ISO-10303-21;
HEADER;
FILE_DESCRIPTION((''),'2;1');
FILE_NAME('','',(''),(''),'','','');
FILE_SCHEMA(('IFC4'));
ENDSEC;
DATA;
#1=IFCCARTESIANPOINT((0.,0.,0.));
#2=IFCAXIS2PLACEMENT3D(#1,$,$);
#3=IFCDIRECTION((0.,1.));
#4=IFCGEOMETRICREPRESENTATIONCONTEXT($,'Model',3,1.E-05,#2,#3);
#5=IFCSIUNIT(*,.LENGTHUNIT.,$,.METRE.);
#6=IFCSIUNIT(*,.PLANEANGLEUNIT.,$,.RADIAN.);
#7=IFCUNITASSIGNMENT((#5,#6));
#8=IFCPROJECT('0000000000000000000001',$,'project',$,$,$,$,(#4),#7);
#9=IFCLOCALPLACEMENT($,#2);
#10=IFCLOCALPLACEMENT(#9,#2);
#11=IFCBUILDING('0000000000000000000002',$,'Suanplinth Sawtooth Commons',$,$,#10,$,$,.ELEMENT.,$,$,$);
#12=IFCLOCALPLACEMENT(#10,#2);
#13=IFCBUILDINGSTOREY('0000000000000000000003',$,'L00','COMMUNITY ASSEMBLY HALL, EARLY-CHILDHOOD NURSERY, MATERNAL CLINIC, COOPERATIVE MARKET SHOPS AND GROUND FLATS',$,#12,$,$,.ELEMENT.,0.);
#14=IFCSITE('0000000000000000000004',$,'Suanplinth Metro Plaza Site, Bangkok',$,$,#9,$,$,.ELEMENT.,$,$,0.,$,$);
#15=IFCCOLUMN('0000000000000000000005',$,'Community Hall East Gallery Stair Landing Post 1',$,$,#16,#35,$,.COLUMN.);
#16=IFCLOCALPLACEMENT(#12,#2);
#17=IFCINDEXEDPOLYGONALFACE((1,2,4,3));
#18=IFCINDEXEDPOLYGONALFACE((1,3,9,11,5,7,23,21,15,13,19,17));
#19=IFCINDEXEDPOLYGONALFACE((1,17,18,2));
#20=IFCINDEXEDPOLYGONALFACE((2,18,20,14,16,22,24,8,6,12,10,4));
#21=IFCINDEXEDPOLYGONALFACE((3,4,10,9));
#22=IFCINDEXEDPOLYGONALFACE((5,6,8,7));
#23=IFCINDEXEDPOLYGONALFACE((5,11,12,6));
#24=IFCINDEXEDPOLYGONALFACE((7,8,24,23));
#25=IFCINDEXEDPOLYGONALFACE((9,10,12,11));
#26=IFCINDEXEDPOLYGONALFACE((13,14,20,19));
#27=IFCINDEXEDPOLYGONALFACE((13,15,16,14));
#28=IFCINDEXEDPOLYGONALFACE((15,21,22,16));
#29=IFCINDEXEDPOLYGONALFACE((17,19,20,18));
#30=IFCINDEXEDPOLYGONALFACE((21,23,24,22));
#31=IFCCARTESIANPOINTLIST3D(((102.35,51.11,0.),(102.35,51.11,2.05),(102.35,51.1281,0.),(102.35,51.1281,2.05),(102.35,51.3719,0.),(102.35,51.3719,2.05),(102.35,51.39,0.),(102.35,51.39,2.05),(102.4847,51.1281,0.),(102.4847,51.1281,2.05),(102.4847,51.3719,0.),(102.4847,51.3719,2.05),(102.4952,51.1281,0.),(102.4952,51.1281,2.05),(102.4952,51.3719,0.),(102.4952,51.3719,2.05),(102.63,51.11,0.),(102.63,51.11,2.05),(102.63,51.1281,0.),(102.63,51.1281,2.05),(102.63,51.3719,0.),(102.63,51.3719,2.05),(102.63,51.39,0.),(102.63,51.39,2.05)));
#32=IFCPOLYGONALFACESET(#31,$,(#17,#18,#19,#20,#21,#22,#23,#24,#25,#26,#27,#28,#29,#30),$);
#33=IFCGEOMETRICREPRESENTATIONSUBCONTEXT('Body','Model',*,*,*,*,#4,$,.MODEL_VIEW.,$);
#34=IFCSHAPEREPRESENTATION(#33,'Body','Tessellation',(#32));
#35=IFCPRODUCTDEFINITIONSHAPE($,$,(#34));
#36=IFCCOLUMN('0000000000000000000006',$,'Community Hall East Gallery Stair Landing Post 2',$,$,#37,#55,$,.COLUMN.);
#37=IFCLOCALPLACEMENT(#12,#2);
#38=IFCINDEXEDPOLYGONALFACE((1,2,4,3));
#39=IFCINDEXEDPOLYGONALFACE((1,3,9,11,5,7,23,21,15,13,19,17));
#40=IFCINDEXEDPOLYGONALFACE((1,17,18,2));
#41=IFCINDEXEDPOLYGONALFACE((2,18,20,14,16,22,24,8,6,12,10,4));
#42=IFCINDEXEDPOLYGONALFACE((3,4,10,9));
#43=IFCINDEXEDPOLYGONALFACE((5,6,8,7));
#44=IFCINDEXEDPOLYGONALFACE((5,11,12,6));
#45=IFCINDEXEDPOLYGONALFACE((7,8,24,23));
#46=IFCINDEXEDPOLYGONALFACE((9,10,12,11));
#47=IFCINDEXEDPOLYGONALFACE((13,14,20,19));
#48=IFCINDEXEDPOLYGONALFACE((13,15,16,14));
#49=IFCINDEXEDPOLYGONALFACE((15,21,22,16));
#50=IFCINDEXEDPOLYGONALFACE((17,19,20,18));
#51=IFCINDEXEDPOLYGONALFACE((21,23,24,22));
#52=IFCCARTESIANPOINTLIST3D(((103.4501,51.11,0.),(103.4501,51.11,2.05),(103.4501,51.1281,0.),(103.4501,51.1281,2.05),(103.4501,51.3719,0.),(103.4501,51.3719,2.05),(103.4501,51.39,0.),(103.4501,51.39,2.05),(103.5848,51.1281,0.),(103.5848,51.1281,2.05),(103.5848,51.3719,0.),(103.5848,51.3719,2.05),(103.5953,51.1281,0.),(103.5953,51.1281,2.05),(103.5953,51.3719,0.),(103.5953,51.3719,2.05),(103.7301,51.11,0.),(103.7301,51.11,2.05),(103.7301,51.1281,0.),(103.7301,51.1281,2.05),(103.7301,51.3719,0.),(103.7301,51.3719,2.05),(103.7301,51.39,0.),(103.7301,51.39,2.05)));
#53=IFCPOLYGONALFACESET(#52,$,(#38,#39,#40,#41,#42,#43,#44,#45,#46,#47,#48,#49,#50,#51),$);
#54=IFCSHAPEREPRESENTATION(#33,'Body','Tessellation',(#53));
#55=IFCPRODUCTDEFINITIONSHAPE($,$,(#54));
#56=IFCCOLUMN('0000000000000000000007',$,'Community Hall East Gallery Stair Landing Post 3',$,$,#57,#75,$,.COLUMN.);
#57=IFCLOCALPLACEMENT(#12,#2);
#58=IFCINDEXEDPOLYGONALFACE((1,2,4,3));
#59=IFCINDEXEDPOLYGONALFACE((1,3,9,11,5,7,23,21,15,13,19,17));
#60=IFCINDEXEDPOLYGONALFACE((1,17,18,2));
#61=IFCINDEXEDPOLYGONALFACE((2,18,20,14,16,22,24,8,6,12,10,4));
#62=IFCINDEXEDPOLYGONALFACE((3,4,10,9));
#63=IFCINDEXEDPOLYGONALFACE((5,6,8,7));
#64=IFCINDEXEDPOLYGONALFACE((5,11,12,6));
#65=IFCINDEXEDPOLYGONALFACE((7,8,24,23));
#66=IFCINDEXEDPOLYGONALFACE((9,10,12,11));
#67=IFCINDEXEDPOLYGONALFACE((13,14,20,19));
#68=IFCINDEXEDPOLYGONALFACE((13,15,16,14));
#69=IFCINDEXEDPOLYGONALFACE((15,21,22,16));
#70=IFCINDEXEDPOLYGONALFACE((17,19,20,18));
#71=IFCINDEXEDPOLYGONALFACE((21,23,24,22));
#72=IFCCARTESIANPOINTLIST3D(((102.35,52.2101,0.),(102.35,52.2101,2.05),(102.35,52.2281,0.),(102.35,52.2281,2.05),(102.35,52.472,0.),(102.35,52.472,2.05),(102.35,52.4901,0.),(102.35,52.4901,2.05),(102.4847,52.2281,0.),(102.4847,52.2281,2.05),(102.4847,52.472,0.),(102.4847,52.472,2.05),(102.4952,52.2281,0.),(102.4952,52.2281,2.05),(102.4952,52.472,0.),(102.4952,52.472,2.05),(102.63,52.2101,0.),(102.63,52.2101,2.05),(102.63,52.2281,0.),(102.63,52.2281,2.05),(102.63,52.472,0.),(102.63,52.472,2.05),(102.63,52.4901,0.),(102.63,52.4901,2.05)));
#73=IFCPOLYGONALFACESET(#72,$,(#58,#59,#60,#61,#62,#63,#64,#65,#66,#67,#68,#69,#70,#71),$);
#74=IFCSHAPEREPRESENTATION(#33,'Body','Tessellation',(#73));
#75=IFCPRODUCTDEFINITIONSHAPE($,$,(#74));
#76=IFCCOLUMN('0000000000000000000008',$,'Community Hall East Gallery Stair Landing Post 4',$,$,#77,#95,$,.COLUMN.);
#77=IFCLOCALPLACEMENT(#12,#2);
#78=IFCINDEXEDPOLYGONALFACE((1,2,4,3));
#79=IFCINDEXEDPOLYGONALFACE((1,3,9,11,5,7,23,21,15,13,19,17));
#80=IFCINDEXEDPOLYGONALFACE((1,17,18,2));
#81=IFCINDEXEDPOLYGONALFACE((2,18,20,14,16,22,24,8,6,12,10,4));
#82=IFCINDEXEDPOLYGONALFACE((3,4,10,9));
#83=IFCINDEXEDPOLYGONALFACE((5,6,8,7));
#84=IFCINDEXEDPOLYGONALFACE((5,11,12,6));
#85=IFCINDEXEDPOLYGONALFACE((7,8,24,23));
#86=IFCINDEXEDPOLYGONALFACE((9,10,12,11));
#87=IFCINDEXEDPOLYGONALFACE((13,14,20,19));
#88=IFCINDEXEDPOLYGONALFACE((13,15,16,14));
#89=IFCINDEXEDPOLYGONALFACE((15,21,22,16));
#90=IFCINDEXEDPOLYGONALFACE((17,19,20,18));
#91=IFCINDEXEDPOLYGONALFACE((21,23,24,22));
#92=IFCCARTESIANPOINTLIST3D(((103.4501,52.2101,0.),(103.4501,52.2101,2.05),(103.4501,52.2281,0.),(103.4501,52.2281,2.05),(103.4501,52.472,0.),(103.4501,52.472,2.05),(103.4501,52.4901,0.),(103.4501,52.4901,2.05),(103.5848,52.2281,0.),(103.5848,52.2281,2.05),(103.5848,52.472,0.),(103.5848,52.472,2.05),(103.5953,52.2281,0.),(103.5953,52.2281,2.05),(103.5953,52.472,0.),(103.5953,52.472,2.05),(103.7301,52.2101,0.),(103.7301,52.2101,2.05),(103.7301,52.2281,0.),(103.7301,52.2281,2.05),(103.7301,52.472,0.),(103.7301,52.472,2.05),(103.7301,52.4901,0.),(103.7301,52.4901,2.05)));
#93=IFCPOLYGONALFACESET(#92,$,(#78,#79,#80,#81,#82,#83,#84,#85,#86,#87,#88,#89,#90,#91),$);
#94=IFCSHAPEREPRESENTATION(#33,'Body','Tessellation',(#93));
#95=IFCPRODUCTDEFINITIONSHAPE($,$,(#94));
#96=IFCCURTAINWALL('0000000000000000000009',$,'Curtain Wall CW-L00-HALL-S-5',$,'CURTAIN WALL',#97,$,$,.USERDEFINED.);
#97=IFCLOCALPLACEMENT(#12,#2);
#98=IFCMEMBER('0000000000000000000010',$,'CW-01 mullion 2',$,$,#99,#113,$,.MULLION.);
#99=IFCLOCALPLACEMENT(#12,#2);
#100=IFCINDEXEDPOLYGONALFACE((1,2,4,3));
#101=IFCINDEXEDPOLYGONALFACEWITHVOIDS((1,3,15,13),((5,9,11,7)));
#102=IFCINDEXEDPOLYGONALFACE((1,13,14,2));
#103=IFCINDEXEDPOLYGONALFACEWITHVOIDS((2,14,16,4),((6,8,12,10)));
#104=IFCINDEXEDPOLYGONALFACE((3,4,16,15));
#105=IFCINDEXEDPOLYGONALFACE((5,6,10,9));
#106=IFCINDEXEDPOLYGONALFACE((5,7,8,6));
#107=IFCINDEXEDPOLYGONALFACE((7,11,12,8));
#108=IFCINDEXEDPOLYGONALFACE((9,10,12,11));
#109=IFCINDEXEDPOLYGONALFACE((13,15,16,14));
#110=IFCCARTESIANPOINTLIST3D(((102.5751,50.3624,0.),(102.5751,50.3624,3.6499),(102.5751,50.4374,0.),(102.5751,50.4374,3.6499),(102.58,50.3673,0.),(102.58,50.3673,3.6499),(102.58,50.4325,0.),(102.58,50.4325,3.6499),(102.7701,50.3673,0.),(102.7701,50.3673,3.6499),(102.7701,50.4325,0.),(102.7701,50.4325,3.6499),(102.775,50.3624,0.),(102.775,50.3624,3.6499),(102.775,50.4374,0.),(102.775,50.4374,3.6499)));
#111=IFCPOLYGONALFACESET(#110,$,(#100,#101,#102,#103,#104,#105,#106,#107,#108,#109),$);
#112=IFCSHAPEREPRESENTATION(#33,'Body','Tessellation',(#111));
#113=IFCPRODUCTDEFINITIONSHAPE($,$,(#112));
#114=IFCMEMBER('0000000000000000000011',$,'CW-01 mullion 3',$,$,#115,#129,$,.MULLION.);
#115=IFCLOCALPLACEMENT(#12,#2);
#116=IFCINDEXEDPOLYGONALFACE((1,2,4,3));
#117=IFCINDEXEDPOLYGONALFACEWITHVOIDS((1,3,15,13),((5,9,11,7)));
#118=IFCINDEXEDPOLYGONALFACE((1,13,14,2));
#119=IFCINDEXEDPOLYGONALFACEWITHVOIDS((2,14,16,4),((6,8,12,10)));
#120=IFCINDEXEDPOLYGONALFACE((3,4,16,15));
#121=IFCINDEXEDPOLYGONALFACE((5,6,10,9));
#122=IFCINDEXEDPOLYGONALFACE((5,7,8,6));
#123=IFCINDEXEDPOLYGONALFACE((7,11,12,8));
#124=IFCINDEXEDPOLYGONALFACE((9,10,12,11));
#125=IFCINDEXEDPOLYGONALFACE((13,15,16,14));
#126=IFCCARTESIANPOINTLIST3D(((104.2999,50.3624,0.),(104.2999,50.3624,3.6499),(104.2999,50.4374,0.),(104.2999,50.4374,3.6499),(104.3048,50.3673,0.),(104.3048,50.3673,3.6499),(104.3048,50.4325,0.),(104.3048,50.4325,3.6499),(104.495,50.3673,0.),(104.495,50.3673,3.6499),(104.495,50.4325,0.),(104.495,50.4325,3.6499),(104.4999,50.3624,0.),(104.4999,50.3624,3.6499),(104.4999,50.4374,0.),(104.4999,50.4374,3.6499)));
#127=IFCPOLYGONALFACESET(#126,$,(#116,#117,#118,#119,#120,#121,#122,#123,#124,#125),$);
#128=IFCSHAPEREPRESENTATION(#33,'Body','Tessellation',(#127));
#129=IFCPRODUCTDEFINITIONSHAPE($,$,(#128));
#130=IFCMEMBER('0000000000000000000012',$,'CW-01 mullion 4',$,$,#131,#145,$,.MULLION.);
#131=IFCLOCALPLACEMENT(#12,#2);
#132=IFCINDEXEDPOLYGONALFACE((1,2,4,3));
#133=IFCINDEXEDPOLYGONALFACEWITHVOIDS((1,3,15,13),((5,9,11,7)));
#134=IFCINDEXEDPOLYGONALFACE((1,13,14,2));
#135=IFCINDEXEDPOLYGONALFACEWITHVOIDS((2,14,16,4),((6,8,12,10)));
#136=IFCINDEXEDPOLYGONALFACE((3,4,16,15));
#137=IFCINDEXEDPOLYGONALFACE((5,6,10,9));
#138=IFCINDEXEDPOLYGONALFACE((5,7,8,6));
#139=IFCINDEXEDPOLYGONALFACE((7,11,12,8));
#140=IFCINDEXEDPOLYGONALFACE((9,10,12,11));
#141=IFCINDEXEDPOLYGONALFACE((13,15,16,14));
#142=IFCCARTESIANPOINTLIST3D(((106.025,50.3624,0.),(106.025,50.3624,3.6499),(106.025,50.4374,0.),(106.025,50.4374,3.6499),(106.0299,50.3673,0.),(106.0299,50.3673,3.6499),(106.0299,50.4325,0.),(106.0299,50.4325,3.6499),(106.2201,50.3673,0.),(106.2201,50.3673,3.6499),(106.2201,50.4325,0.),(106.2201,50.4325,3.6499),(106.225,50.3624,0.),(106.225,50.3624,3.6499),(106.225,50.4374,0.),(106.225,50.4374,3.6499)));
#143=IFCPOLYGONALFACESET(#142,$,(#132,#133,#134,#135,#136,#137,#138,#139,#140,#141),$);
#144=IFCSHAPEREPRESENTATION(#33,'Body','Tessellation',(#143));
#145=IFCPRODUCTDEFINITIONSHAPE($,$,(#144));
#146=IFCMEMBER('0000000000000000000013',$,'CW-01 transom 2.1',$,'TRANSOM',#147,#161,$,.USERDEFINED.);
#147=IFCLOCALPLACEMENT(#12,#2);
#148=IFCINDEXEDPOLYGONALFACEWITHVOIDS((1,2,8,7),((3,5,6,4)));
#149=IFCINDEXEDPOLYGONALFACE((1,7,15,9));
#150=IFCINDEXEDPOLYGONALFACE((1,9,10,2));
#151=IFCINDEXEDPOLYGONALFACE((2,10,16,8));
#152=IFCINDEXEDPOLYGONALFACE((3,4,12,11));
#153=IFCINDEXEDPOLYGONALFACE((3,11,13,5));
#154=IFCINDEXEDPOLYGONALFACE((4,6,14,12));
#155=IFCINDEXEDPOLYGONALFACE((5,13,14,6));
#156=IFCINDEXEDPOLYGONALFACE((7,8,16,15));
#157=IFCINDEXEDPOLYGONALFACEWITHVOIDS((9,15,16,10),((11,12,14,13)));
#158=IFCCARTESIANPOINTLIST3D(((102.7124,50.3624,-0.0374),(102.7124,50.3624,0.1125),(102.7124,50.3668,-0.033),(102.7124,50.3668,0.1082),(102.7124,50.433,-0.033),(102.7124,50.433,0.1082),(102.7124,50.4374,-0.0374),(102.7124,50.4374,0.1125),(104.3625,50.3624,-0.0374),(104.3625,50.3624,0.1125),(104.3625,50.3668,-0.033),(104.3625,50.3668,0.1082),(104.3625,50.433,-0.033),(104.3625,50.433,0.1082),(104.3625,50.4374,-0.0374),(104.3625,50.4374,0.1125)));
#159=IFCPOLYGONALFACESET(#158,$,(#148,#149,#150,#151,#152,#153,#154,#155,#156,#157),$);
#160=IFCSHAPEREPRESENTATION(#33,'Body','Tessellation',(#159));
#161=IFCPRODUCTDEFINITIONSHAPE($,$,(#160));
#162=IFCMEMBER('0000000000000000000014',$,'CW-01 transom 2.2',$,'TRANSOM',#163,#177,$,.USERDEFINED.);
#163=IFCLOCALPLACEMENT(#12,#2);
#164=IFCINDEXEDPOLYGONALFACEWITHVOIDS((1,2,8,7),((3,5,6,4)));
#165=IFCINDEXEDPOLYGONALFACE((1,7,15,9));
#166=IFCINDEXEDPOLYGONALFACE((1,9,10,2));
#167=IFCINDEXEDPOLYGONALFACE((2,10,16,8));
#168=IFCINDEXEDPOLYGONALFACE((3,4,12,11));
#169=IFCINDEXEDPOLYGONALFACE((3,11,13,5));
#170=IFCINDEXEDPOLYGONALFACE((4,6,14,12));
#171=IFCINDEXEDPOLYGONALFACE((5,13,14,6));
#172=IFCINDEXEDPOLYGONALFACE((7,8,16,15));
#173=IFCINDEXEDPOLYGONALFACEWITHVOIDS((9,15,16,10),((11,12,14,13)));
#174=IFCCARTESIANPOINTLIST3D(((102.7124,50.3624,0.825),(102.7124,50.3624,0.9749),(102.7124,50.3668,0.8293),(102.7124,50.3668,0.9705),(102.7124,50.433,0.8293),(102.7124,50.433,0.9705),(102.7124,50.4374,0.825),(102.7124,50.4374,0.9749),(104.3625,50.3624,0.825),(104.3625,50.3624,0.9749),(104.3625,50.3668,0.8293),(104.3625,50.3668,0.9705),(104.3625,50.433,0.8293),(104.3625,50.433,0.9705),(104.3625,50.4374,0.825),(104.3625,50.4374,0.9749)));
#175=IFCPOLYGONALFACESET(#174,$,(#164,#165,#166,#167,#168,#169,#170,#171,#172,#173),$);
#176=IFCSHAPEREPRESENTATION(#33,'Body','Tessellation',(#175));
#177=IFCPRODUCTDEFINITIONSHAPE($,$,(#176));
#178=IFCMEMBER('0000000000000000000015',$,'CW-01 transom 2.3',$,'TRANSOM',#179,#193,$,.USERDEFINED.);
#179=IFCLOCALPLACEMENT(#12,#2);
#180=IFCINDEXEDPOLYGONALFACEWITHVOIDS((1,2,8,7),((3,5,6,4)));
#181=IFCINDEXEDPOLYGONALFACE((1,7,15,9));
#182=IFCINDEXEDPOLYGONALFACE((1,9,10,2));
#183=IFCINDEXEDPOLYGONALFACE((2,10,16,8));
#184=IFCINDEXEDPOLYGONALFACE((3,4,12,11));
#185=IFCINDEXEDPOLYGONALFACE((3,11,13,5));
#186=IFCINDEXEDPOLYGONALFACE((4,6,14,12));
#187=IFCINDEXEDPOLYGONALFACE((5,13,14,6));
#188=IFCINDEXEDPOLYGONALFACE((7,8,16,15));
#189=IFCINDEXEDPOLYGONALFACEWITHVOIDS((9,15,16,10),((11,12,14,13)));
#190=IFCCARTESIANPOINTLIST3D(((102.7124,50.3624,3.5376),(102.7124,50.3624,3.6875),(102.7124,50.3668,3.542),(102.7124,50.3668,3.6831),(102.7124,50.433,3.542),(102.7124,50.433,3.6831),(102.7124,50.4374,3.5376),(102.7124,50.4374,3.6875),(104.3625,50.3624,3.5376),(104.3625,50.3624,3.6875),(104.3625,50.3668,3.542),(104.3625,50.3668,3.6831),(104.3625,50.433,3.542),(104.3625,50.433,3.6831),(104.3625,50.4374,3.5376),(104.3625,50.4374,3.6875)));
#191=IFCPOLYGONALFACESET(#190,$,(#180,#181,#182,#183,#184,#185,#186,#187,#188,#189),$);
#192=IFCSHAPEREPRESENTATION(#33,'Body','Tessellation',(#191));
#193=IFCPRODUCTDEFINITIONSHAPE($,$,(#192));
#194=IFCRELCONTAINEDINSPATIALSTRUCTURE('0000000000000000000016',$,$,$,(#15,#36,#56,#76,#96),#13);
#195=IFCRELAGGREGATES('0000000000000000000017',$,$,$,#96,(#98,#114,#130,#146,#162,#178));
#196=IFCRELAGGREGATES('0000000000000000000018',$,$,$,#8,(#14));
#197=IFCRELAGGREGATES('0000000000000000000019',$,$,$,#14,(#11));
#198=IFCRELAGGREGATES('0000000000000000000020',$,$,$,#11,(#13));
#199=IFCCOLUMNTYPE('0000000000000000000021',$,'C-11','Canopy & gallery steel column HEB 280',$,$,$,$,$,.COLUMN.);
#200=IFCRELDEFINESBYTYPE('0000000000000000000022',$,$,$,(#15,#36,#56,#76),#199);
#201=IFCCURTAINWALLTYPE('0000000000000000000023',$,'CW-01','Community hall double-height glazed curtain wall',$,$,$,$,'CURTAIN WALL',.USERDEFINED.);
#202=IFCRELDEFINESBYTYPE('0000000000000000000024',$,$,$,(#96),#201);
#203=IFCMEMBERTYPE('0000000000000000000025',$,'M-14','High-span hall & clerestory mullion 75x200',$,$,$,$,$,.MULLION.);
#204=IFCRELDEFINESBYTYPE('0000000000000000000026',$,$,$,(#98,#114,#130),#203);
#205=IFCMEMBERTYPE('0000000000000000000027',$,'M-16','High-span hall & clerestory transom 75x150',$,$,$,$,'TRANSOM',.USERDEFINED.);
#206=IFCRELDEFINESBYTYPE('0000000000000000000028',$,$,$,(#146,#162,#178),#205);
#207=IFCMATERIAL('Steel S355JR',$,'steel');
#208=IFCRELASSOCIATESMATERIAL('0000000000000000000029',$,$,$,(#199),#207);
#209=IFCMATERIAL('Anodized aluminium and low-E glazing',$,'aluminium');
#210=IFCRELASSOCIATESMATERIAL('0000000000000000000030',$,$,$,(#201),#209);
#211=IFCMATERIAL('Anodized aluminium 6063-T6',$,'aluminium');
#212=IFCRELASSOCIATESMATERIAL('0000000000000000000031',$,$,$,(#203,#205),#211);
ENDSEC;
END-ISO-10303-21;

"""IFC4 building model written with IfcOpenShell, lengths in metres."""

from ifc_helpers import new_model, si_unit, direction, frame, origin, origin_2d, place, context, subcontext, project, spatial, hollow_rectangle, i_section, extrude, material, material_profile, profile_set, type_object, element, aggregate, save


model = new_model("IFC4")

# Units and contexts
model_context = context("Model", 3, precision=1e-05, world=origin(), true_north=direction((0.0, 1.0)))
body_context = subcontext(model_context, "Body", "Model", "MODEL_VIEW")
ifc_project = project(units=[si_unit("LENGTHUNIT", "METRE"), si_unit("PLANEANGLEUNIT", "RADIAN")], contexts=[model_context])

# Site, building, storey
site_placement = place(None, origin())
site = spatial("IfcSite", under=ifc_project, at=site_placement, Name="Suanplinth Metro Plaza Site, Bangkok", CompositionType="ELEMENT", RefElevation=0.0)
building_placement = place(site_placement, origin())
building = spatial("IfcBuilding", under=site, at=building_placement, Name="Suanplinth Sawtooth Commons", CompositionType="ELEMENT")
storey_placement = place(building_placement, origin())
storey = spatial("IfcBuildingStorey", under=building, at=storey_placement, Name="L00", Description="COMMUNITY ASSEMBLY HALL, EARLY-CHILDHOOD NURSERY, MATERNAL CLINIC, COOPERATIVE MARKET SHOPS AND GROUND FLATS", CompositionType="ELEMENT", Elevation=0.0)

# Columns
ifc_material_1 = material(Name="Steel S355JR", Category="steel")
ifc_material_profile_1 = material_profile(ifc_material_1, i_section(OverallWidth=0.28, OverallDepth=0.28, WebThickness=0.0105, FlangeThickness=0.0181, at=origin_2d()), Name="HEB 280")
ifc_profile_set_1 = profile_set([ifc_material_profile_1], Name="Steel S355JR")
column_type = type_object("IfcColumnType", Name="C-11", Description="Canopy & gallery steel column HEB 280", PredefinedType="COLUMN", material=ifc_profile_set_1)
for number, where, z_axis, x_axis, name in (
    (1, (102.49, 51.25, 0.0), (0.0, 0.0, 1.0), (1.0, 0.0, 0.0), "Community Hall East Gallery Stair Landing Post 1"),
    (2, (103.5901, 51.25, 0.0), (0.0, 0.0, 1.0), (1.0, 0.0, 0.0), "Community Hall East Gallery Stair Landing Post 2"),
    (3, (102.49, 52.3501, 0.0), (0.0, 0.0, 1.0), (1.0, 0.0, 0.0), "Community Hall East Gallery Stair Landing Post 3"),
    (4, (103.5901, 52.3501, 0.0), (0.0, 0.0, 1.0), (1.0, 0.0, 0.0), "Community Hall East Gallery Stair Landing Post 4"),
):
    element("IfcColumn", number, at=place(storey_placement, frame(where, z_axis=z_axis, x_axis=x_axis)), inside=storey, type_object=column_type, Name=name, PredefinedType="COLUMN", context=body_context, shape_type="SweptSolid", body=[
        extrude(i_section(OverallWidth=0.28, OverallDepth=0.28, WebThickness=0.0105, FlangeThickness=0.0181, at=origin_2d()), origin(), (0.0, 0.0, 1.0), 2.05),
    ])

# Curtain wall, members
ifc_material_2 = material(Name="Anodized aluminium and low-E glazing", Category="aluminium")
curtain_wall_type = type_object("IfcCurtainWallType", Name="CW-01", Description="Community hall double-height glazed curtain wall", ElementType="CURTAIN WALL", PredefinedType="USERDEFINED", material=ifc_material_2)
curtain_wall_placement = place(storey_placement, origin())
curtain_wall = element("IfcCurtainWall", 5, at=curtain_wall_placement, inside=storey, type_object=curtain_wall_type, Name="Curtain Wall CW-L00-HALL-S-5", ObjectType="CURTAIN WALL", PredefinedType="USERDEFINED")
ifc_material_3 = material(Name="Anodized aluminium 6063-T6", Category="aluminium")
ifc_material_profile_2 = material_profile(ifc_material_3, hollow_rectangle(XDim=0.075, YDim=0.2, WallThickness=0.0049, at=origin_2d()), Name="ALU-MUL 75x200")
ifc_profile_set_2 = profile_set([ifc_material_profile_2], Name="Anodized aluminium 6063-T6")
member_type_1 = type_object("IfcMemberType", Name="M-14", Description="High-span hall & clerestory mullion 75x200", PredefinedType="MULLION", material=ifc_profile_set_2)
member_1_placement = place(storey_placement, frame((102.675, 50.3999, 0.0), z_axis=(0.0, 0.0, 1.0), x_axis=(0.0, 1.0, 0.0)))
member_1 = element("IfcMember", 6, at=member_1_placement, type_object=member_type_1, Name="CW-01 mullion 2", PredefinedType="MULLION", context=body_context, shape_type="SweptSolid", body=[
    extrude(hollow_rectangle(XDim=0.075, YDim=0.2, WallThickness=0.0049, at=origin_2d()), origin(), (0.0, 0.0, 1.0), 3.6499),
])
member_2_placement = place(storey_placement, frame((104.3999, 50.3999, 0.0), z_axis=(0.0, 0.0, 1.0), x_axis=(0.0, 1.0, 0.0)))
member_2 = element("IfcMember", 7, at=member_2_placement, type_object=member_type_1, Name="CW-01 mullion 3", PredefinedType="MULLION", context=body_context, shape_type="SweptSolid", body=[
    extrude(hollow_rectangle(XDim=0.075, YDim=0.2, WallThickness=0.0049, at=origin_2d()), origin(), (0.0, 0.0, 1.0), 3.6499),
])
member_3_placement = place(storey_placement, frame((106.125, 50.3999, 0.0), z_axis=(0.0, 0.0, 1.0), x_axis=(0.0, 1.0, 0.0)))
member_3 = element("IfcMember", 8, at=member_3_placement, type_object=member_type_1, Name="CW-01 mullion 4", PredefinedType="MULLION", context=body_context, shape_type="SweptSolid", body=[
    extrude(hollow_rectangle(XDim=0.075, YDim=0.2, WallThickness=0.0049, at=origin_2d()), origin(), (0.0, 0.0, 1.0), 3.6499),
])
ifc_material_profile_3 = material_profile(ifc_material_3, hollow_rectangle(XDim=0.075, YDim=0.1499, WallThickness=0.0044, at=origin_2d()), Name="ALU-TRN 75x150")
ifc_profile_set_3 = profile_set([ifc_material_profile_3], Name="Anodized aluminium 6063-T6")
member_type_2 = type_object("IfcMemberType", Name="M-16", Description="High-span hall & clerestory transom 75x150", ElementType="TRANSOM", PredefinedType="USERDEFINED", material=ifc_profile_set_3)
member_4_placement = place(storey_placement, frame((102.7124, 50.3999, 0.0376), z_axis=(1.0, 0.0, 0.0), x_axis=(0.0, 1.0, 0.0)))
member_4 = element("IfcMember", 9, at=member_4_placement, type_object=member_type_2, Name="CW-01 transom 2.1", ObjectType="TRANSOM", PredefinedType="USERDEFINED", context=body_context, shape_type="SweptSolid", body=[
    extrude(hollow_rectangle(XDim=0.075, YDim=0.1499, WallThickness=0.0044, at=origin_2d()), origin(), (0.0, 0.0, 1.0), 1.6501),
])
member_5_placement = place(storey_placement, frame((102.7124, 50.3999, 0.8999), z_axis=(1.0, 0.0, 0.0), x_axis=(0.0, 1.0, 0.0)))
member_5 = element("IfcMember", 10, at=member_5_placement, type_object=member_type_2, Name="CW-01 transom 2.2", ObjectType="TRANSOM", PredefinedType="USERDEFINED", context=body_context, shape_type="SweptSolid", body=[
    extrude(hollow_rectangle(XDim=0.075, YDim=0.1499, WallThickness=0.0044, at=origin_2d()), origin(), (0.0, 0.0, 1.0), 1.6501),
])
member_6_placement = place(storey_placement, frame((102.7124, 50.3999, 3.6125), z_axis=(1.0, 0.0, 0.0), x_axis=(0.0, 1.0, 0.0)))
member_6 = element("IfcMember", 11, at=member_6_placement, type_object=member_type_2, Name="CW-01 transom 2.3", ObjectType="TRANSOM", PredefinedType="USERDEFINED", context=body_context, shape_type="SweptSolid", body=[
    extrude(hollow_rectangle(XDim=0.075, YDim=0.1499, WallThickness=0.0044, at=origin_2d()), origin(), (0.0, 0.0, 1.0), 1.6501),
])
aggregate(curtain_wall, [member_1, member_2, member_3, member_4, member_5, member_6])

save(model, "model.ifc")
